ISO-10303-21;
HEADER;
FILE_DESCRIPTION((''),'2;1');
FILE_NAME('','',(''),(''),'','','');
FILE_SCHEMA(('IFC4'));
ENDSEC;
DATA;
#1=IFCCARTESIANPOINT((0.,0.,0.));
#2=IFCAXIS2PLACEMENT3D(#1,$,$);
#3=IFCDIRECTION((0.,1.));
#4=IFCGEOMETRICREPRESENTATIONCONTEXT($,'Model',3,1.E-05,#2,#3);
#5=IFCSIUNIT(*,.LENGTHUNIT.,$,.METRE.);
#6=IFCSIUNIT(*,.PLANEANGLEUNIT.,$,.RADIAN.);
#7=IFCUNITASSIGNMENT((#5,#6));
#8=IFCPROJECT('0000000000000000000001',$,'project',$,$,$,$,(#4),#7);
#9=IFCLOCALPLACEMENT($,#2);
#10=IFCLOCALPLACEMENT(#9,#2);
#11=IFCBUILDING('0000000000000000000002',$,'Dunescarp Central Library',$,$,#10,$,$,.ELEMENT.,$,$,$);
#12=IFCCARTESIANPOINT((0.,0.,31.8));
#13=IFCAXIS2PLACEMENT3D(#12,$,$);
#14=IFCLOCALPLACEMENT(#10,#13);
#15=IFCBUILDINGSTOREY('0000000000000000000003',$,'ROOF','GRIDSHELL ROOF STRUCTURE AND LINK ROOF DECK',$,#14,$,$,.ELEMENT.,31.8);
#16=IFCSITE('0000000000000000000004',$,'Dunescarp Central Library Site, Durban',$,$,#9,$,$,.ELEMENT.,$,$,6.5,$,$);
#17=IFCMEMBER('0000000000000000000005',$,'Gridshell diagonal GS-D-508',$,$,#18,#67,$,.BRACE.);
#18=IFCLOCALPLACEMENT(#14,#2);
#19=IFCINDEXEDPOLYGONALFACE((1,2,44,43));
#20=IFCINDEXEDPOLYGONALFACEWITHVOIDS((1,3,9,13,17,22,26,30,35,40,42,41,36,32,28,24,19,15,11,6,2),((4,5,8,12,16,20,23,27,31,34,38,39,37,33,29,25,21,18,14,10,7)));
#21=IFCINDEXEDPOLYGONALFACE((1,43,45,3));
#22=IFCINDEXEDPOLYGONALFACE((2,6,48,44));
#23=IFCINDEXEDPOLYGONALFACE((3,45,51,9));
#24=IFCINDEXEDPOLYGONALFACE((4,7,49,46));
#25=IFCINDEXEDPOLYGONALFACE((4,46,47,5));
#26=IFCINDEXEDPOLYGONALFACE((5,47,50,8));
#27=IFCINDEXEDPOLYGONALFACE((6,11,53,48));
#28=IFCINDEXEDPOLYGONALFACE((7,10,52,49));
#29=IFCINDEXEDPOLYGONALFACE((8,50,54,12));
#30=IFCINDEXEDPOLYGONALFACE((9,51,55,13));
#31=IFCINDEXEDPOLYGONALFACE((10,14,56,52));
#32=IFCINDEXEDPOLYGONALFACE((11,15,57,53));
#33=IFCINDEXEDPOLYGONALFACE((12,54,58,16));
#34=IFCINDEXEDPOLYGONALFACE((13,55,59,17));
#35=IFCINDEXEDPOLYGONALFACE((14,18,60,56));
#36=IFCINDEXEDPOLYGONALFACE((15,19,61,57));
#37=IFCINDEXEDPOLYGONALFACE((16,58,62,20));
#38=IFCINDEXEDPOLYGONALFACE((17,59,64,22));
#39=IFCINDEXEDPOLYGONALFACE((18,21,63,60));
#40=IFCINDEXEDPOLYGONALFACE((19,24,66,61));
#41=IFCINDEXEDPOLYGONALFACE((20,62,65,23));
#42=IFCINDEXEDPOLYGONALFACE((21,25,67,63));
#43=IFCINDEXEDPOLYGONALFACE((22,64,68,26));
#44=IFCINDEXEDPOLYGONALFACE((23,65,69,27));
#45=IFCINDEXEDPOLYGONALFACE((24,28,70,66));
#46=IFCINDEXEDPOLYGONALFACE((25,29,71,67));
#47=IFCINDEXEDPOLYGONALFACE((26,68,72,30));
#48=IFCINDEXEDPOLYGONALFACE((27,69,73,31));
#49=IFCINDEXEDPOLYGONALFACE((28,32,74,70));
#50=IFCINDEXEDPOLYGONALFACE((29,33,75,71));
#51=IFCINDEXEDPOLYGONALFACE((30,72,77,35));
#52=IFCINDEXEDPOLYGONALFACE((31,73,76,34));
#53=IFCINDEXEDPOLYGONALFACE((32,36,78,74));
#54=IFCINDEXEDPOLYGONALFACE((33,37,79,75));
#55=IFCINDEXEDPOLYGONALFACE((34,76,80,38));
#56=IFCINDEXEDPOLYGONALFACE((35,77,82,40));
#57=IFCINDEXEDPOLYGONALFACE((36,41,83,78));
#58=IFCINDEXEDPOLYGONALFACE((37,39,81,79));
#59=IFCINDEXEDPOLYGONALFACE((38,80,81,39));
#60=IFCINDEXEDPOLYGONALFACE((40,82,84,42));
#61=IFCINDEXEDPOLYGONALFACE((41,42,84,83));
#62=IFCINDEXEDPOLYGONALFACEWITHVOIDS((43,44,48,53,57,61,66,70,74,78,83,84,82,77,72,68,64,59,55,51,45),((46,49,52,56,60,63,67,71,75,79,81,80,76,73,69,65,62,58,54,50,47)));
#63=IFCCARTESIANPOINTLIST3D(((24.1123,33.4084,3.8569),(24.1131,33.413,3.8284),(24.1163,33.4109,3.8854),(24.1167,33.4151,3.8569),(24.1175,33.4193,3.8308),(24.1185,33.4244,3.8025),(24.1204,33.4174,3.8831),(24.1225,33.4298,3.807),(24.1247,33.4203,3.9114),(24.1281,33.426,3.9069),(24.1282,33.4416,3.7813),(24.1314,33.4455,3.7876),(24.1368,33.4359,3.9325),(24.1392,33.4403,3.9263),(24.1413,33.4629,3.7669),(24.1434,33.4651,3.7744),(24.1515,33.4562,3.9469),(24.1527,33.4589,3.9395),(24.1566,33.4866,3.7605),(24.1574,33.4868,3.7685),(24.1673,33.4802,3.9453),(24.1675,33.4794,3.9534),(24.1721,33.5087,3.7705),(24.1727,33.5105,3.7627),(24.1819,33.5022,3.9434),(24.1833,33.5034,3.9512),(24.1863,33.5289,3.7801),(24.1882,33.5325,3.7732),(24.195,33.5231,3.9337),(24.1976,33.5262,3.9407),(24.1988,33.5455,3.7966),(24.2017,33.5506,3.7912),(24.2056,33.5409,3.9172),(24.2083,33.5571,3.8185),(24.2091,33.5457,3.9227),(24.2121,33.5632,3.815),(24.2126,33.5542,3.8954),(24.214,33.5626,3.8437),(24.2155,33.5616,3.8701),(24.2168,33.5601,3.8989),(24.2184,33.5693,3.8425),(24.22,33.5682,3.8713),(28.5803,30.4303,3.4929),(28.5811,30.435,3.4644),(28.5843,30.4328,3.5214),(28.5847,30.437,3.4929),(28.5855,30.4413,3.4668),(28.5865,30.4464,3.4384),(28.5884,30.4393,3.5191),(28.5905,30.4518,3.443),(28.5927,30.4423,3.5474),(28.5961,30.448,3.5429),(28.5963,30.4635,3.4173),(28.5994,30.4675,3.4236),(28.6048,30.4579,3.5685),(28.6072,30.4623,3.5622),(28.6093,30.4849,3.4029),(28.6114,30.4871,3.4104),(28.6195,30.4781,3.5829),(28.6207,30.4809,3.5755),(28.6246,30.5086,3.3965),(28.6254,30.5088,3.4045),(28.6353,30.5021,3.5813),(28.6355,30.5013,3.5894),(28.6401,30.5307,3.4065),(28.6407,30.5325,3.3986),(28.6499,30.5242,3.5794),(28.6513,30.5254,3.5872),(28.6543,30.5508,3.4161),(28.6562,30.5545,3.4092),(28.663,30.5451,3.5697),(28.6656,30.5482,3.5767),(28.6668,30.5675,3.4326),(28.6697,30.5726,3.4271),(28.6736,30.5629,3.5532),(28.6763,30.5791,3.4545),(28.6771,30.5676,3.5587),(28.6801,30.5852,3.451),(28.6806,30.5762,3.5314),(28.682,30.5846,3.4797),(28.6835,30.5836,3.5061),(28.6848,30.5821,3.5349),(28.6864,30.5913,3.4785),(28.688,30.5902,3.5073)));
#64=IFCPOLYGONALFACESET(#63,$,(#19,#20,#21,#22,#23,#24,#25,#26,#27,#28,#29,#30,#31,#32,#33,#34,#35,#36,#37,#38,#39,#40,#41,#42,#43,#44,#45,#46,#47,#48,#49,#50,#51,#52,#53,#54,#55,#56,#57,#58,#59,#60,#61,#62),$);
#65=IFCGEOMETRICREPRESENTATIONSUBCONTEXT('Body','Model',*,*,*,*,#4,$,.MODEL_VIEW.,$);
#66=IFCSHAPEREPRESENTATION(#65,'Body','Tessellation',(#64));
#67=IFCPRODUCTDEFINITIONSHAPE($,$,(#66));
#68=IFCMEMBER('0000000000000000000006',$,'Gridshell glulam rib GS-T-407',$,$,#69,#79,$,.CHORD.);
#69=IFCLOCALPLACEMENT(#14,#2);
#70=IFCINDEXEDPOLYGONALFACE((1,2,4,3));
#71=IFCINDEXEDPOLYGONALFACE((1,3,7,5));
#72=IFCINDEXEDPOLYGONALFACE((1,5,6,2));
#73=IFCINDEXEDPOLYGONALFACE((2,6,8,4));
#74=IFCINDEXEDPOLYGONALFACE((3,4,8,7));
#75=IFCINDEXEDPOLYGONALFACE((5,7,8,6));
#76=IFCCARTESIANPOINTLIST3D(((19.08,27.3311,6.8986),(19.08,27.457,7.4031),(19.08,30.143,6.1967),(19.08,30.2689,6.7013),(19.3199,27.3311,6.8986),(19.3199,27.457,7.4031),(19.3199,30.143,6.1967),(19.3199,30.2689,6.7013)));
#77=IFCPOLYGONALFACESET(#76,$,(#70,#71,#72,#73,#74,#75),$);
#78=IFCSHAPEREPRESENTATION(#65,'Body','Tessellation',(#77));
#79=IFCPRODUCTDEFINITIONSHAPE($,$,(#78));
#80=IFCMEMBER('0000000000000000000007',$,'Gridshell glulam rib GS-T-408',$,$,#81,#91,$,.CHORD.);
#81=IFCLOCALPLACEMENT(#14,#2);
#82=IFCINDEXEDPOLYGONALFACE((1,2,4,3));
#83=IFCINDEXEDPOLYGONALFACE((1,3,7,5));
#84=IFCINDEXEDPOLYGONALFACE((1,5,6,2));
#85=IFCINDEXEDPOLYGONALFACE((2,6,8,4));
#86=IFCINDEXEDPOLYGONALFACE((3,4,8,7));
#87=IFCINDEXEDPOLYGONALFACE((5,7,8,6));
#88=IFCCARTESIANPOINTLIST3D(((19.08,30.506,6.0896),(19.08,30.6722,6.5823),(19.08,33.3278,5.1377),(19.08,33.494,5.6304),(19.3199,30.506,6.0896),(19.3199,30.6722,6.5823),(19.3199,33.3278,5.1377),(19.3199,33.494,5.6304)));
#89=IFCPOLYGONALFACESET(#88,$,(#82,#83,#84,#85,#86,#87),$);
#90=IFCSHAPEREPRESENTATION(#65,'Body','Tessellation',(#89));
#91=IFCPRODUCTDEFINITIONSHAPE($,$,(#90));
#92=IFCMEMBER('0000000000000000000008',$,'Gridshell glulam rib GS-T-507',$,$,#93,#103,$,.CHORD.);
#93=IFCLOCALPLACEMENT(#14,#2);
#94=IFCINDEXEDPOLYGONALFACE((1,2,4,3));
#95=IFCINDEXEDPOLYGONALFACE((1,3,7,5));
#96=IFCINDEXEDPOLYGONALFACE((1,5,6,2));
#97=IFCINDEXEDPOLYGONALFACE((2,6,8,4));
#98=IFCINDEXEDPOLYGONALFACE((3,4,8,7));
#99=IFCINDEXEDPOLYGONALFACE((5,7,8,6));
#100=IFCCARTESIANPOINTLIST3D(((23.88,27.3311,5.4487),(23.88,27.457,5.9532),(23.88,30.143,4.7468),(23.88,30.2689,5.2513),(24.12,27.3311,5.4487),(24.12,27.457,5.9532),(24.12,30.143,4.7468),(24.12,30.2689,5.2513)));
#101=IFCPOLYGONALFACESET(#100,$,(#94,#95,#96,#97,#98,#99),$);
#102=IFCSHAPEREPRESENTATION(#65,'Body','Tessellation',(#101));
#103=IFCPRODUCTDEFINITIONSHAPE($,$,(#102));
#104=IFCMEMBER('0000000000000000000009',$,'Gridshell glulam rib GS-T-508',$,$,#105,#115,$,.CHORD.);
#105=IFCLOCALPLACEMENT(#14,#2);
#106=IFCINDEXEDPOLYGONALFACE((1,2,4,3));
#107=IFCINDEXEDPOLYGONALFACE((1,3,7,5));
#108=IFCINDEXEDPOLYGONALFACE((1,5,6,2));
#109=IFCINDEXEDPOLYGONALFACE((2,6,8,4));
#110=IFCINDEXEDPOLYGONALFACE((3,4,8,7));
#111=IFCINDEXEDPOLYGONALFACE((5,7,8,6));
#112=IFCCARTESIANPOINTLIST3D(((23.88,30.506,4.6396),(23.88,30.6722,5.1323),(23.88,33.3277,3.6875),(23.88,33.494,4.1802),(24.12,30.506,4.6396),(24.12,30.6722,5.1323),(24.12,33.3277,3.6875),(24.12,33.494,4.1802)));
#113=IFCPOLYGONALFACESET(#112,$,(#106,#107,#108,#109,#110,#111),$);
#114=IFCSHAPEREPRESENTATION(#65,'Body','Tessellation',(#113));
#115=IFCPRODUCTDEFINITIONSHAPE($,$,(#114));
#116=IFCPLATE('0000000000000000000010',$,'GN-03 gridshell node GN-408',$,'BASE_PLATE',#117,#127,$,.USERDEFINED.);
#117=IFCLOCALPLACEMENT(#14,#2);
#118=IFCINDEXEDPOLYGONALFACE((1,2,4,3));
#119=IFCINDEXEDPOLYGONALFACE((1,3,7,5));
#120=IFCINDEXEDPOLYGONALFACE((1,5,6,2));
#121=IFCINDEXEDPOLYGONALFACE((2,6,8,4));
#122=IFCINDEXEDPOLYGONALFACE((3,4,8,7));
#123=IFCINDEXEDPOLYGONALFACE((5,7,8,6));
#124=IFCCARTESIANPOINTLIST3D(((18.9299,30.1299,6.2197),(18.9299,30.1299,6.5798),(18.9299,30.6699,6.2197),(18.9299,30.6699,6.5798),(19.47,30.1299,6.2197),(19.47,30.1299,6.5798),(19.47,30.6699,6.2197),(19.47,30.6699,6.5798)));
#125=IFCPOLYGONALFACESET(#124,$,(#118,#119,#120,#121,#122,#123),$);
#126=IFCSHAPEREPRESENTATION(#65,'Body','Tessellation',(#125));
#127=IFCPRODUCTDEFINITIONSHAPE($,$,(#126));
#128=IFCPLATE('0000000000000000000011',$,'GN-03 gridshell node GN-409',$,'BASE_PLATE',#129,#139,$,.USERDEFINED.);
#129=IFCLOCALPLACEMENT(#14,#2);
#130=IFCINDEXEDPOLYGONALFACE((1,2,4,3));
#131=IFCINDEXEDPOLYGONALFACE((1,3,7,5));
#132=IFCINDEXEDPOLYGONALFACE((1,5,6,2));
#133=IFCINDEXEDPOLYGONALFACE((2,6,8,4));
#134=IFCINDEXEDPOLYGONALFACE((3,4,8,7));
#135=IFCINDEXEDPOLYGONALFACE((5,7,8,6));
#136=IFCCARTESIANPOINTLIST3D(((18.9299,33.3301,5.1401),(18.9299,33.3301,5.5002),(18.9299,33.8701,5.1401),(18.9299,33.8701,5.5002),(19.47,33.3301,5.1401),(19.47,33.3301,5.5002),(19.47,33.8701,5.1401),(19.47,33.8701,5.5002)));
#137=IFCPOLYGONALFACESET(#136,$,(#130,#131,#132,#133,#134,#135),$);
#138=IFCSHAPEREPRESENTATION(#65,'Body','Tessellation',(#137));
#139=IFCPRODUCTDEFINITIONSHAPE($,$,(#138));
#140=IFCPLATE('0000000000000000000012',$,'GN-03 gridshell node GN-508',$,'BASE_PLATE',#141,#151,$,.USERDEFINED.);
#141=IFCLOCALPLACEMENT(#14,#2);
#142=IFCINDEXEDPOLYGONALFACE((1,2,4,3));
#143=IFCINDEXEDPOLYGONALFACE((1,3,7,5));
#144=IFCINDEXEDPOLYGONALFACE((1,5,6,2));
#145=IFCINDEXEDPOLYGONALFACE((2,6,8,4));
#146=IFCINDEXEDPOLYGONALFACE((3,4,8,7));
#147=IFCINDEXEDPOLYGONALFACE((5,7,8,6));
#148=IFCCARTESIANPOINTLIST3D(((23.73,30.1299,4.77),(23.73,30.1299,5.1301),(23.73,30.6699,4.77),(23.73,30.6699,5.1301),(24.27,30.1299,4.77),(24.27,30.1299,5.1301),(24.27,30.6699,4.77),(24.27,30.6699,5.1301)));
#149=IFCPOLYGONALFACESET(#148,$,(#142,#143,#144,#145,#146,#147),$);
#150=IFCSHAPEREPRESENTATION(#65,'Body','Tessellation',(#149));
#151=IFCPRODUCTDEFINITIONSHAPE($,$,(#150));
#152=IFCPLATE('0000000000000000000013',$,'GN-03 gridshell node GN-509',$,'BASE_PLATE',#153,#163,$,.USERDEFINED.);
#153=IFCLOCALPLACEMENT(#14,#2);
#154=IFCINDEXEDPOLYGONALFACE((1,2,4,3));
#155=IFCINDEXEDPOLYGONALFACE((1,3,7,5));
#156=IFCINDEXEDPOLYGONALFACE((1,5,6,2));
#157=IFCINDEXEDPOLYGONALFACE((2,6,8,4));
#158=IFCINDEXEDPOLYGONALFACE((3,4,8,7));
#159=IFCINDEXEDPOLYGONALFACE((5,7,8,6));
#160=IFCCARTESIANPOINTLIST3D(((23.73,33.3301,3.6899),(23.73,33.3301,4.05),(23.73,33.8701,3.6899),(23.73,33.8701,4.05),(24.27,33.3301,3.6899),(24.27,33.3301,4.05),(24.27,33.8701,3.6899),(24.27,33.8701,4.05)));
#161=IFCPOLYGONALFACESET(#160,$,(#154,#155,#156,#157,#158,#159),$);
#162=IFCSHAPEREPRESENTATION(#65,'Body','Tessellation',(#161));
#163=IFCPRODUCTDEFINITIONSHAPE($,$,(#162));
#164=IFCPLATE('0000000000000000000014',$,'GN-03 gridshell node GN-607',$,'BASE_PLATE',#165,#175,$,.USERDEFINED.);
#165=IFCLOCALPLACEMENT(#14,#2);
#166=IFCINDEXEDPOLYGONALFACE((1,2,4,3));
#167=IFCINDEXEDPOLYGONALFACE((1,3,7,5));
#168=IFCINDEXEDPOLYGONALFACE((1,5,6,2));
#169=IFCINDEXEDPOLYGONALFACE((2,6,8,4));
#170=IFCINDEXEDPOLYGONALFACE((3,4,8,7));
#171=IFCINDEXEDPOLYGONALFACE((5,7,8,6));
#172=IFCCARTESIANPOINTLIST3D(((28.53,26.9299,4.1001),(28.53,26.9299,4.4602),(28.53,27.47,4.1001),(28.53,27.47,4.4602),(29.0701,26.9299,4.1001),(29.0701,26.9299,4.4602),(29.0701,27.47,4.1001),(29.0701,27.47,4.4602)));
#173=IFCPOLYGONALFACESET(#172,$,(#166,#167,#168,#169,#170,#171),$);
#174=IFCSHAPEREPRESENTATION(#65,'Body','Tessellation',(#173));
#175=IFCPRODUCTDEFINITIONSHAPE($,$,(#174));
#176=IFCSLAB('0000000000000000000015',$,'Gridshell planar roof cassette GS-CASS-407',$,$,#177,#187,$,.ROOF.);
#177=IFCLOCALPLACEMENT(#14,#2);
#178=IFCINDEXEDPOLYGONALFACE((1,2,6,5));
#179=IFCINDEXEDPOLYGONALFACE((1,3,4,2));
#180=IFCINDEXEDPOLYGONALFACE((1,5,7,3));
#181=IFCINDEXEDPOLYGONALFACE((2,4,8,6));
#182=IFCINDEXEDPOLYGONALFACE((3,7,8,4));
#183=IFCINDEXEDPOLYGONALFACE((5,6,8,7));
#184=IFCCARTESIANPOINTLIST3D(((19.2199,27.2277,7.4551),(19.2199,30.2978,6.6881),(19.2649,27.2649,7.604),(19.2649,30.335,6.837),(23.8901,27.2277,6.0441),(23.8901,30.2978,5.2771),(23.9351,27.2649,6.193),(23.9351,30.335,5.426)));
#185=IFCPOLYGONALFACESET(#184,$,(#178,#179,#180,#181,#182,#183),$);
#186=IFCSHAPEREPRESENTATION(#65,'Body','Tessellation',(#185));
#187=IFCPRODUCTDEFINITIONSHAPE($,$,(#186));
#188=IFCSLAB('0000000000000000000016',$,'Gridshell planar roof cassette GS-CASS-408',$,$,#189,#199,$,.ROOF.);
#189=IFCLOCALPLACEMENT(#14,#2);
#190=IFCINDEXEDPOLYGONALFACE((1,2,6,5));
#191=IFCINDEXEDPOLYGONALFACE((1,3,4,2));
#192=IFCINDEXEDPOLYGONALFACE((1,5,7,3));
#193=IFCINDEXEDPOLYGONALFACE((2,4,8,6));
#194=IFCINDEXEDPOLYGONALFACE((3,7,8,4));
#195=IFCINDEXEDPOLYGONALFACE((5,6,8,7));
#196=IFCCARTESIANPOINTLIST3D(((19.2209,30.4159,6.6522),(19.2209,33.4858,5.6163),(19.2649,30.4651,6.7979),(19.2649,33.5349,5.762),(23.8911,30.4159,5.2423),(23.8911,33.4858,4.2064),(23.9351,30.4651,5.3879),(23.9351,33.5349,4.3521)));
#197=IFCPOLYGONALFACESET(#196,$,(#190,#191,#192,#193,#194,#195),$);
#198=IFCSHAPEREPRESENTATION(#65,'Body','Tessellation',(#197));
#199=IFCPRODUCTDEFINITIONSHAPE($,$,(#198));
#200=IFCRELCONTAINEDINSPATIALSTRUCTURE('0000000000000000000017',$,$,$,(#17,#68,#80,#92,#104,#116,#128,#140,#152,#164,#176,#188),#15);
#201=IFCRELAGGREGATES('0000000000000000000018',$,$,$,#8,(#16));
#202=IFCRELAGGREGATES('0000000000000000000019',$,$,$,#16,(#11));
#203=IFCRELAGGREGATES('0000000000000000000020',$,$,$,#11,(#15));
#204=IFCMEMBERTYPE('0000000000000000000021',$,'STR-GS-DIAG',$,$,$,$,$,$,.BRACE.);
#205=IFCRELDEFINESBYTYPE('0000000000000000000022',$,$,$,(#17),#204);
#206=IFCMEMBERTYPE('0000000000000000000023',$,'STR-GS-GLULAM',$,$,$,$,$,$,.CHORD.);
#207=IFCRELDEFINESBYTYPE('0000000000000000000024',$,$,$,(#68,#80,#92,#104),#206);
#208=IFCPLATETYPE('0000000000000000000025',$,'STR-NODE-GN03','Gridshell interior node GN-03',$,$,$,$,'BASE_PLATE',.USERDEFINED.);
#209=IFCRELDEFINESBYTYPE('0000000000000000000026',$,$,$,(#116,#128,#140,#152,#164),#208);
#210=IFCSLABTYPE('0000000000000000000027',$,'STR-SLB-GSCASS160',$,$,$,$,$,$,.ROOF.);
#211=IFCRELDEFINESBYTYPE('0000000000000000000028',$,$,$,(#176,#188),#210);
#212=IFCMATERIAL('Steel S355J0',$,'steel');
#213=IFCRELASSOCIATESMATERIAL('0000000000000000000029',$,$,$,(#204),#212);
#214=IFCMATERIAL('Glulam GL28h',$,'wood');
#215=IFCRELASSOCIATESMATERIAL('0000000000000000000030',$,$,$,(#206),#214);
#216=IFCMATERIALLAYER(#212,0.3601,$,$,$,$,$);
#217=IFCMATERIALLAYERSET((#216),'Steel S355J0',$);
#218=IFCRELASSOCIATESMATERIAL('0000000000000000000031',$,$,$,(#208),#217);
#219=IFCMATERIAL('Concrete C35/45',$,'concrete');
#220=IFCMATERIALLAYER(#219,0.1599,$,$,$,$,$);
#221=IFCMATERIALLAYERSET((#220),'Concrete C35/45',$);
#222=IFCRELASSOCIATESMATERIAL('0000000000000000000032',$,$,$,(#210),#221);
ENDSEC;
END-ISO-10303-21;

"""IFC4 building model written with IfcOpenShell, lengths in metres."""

from ifc_helpers import new_model, si_unit, direction, frame, origin, origin_2d, place, context, subcontext, project, spatial, polyline, rectangle, hollow_circle, outline, extrude, material, layer, layer_set, material_profile, profile_set, type_object, element, save


model = new_model("IFC4")

# Units and contexts
model_context = context("Model", 3, precision=1e-05, world=origin(), true_north=direction((0.0, 1.0)))
body_context = subcontext(model_context, "Body", "Model", "MODEL_VIEW")
ifc_project = project(units=[si_unit("LENGTHUNIT", "METRE"), si_unit("PLANEANGLEUNIT", "RADIAN")], contexts=[model_context])

# Site, building, storey
site_placement = place(None, origin())
site = spatial("IfcSite", under=ifc_project, at=site_placement, Name="Dunescarp Central Library Site, Durban", CompositionType="ELEMENT", RefElevation=6.5)
building_placement = place(site_placement, origin())
building = spatial("IfcBuilding", under=site, at=building_placement, Name="Dunescarp Central Library", CompositionType="ELEMENT")
storey_placement = place(building_placement, frame((0.0, 0.0, 31.8)))
storey = spatial("IfcBuildingStorey", under=building, at=storey_placement, Name="ROOF", Description="GRIDSHELL ROOF STRUCTURE AND LINK ROOF DECK", CompositionType="ELEMENT", Elevation=31.8)

# Members
ifc_material_1 = material(Name="Steel S355J0", Category="steel")
ifc_material_profile_1 = material_profile(ifc_material_1, hollow_circle(Radius=0.0969, WallThickness=0.0081, at=origin_2d()), Name="CHS 193.7x8")
ifc_profile_set_1 = profile_set([ifc_material_profile_1], Name="Steel S355J0")
member_type_1 = type_object("IfcMemberType", Name="STR-GS-DIAG", PredefinedType="BRACE", material=ifc_profile_set_1)
member_1_placement = place(storey_placement, frame((28.634, 30.511, 3.4929), z_axis=(-0.830201, 0.553346, 0.067637), x_axis=(-0.554616, -0.832106, 0.0)))
element("IfcMember", 1, at=member_1_placement, inside=storey, type_object=member_type_1, Name="Gridshell diagonal GS-D-508", PredefinedType="BRACE", context=body_context, shape_type="SweptSolid", body=[
    extrude(hollow_circle(Radius=0.0969, WallThickness=0.0081, at=origin_2d()), origin(), (0.0, 0.0, 1.0), 5.3818),
])
ifc_material_2 = material(Name="Glulam GL28h", Category="wood")
ifc_material_profile_2 = material_profile(ifc_material_2, rectangle(XDim=0.24, YDim=0.52, at=origin_2d()), Name="GL28h 240x520")
ifc_profile_set_2 = profile_set([ifc_material_profile_2], Name="Glulam GL28h")
member_type_2 = type_object("IfcMemberType", Name="STR-GS-GLULAM", PredefinedType="CHORD", material=ifc_profile_set_2)
member_2_placement = place(storey_placement, frame((19.2, 27.394, 7.1509), z_axis=(0.0, 0.970232, -0.242179), x_axis=(-1.0, 0.0, 0.0)))
element("IfcMember", 2, at=member_2_placement, inside=storey, type_object=member_type_2, Name="Gridshell glulam rib GS-T-407", PredefinedType="CHORD", context=body_context, shape_type="SweptSolid", body=[
    extrude(rectangle(XDim=0.24, YDim=0.52, at=origin_2d()), origin(), (0.0, 0.0, 1.0), 2.8982),
])
member_3_placement = place(storey_placement, frame((19.2, 30.5891, 6.3359), z_axis=(0.0, 0.947538, -0.319644), x_axis=(-1.0, 0.0, 0.0)))
element("IfcMember", 3, at=member_3_placement, inside=storey, type_object=member_type_2, Name="Gridshell glulam rib GS-T-408", PredefinedType="CHORD", context=body_context, shape_type="SweptSolid", body=[
    extrude(rectangle(XDim=0.24, YDim=0.52, at=origin_2d()), origin(), (0.0, 0.0, 1.0), 2.978),
])
member_4_placement = place(storey_placement, frame((24.0, 27.394, 5.7009), z_axis=(0.0, 0.970232, -0.242179), x_axis=(-1.0, 0.0, 0.0)))
element("IfcMember", 4, at=member_4_placement, inside=storey, type_object=member_type_2, Name="Gridshell glulam rib GS-T-507", PredefinedType="CHORD", context=body_context, shape_type="SweptSolid", body=[
    extrude(rectangle(XDim=0.24, YDim=0.52, at=origin_2d()), origin(), (0.0, 0.0, 1.0), 2.8982),
])
member_5_placement = place(storey_placement, frame((24.0, 30.5891, 4.886), z_axis=(0.0, 0.947513, -0.319718), x_axis=(-1.0, 0.0, 0.0)))
element("IfcMember", 5, at=member_5_placement, inside=storey, type_object=member_type_2, Name="Gridshell glulam rib GS-T-508", PredefinedType="CHORD", context=body_context, shape_type="SweptSolid", body=[
    extrude(rectangle(XDim=0.24, YDim=0.52, at=origin_2d()), origin(), (0.0, 0.0, 1.0), 2.978),
])

# Plates
ifc_layer_1 = layer(ifc_material_1, 0.3601)
ifc_layer_set_1 = layer_set([ifc_layer_1], Name="Steel S355J0")
plate_type = type_object("IfcPlateType", Name="STR-NODE-GN03", Description="Gridshell interior node GN-03", ElementType="BASE_PLATE", PredefinedType="USERDEFINED", material=ifc_layer_set_1)
for number, where, z_axis, x_axis, name in (
    (6, (19.2, 30.3999, 6.2197), (0.0, 0.0, 1.0), (1.0, 0.0, 0.0), "GN-03 gridshell node GN-408"),
    (7, (19.2, 33.6001, 5.1401), (0.0, 0.0, 1.0), (1.0, 0.0, 0.0), "GN-03 gridshell node GN-409"),
    (8, (24.0, 30.3999, 4.77), (0.0, 0.0, 1.0), (1.0, 0.0, 0.0), "GN-03 gridshell node GN-508"),
    (9, (24.0, 33.6001, 3.6899), (0.0, 0.0, 1.0), (1.0, 0.0, 0.0), "GN-03 gridshell node GN-509"),
    (10, (28.8, 27.2, 4.1001), (0.0, 0.0, 1.0), (1.0, 0.0, 0.0), "GN-03 gridshell node GN-607"),
):
    element("IfcPlate", number, at=place(storey_placement, frame(where, z_axis=z_axis, x_axis=x_axis)), inside=storey, type_object=plate_type, Name=name, ObjectType="BASE_PLATE", PredefinedType="USERDEFINED", context=body_context, shape_type="SweptSolid", body=[
        extrude(rectangle(XDim=0.54, YDim=0.54, at=origin_2d()), origin(), (0.0, 0.0, 1.0), 0.3601),
    ])

# Slabs
ifc_material_3 = material(Name="Concrete C35/45", Category="concrete")
ifc_layer_2 = layer(ifc_material_3, 0.1599)
ifc_layer_set_2 = layer_set([ifc_layer_2], Name="Concrete C35/45")
slab_type = type_object("IfcSlabType", Name="STR-SLB-GSCASS160", PredefinedType="ROOF", material=ifc_layer_set_2)
slab_1_placement = place(storey_placement, frame((19.2649, 27.2649, 7.604), z_axis=(0.281289, 0.232586, 0.93101), x_axis=(0.957262, 0.000005, -0.289222)))
element("IfcSlab", 11, at=slab_1_placement, inside=storey, type_object=slab_type, Name="Gridshell planar roof cassette GS-CASS-407", PredefinedType="ROOF", context=body_context, shape_type="SweptSolid", body=[
    extrude(outline(polyline([(0.0, 0.0), (4.8787, 0.0), (5.1005, 3.1566), (0.2219, 3.1567), (0.0, 0.0)])), origin(), (0.0, 0.0, -1.0), 0.1599),
])
slab_2_placement = place(storey_placement, frame((19.2649, 30.4651, 6.7979), z_axis=(0.27502, 0.3074, 0.910971), x_axis=(0.957325, 0.0, -0.289014)))
element("IfcSlab", 12, at=slab_2_placement, inside=storey, type_object=slab_type, Name="Gridshell planar roof cassette GS-CASS-408", PredefinedType="ROOF", context=body_context, shape_type="SweptSolid", body=[
    extrude(outline(polyline([(0.0, 0.0), (4.8784, 0.0), (5.1777, 3.226), (0.2994, 3.226), (0.0, 0.0)])), origin(), (0.0, 0.0, -1.0), 0.1599),
])

save(model, "model.ifc")
